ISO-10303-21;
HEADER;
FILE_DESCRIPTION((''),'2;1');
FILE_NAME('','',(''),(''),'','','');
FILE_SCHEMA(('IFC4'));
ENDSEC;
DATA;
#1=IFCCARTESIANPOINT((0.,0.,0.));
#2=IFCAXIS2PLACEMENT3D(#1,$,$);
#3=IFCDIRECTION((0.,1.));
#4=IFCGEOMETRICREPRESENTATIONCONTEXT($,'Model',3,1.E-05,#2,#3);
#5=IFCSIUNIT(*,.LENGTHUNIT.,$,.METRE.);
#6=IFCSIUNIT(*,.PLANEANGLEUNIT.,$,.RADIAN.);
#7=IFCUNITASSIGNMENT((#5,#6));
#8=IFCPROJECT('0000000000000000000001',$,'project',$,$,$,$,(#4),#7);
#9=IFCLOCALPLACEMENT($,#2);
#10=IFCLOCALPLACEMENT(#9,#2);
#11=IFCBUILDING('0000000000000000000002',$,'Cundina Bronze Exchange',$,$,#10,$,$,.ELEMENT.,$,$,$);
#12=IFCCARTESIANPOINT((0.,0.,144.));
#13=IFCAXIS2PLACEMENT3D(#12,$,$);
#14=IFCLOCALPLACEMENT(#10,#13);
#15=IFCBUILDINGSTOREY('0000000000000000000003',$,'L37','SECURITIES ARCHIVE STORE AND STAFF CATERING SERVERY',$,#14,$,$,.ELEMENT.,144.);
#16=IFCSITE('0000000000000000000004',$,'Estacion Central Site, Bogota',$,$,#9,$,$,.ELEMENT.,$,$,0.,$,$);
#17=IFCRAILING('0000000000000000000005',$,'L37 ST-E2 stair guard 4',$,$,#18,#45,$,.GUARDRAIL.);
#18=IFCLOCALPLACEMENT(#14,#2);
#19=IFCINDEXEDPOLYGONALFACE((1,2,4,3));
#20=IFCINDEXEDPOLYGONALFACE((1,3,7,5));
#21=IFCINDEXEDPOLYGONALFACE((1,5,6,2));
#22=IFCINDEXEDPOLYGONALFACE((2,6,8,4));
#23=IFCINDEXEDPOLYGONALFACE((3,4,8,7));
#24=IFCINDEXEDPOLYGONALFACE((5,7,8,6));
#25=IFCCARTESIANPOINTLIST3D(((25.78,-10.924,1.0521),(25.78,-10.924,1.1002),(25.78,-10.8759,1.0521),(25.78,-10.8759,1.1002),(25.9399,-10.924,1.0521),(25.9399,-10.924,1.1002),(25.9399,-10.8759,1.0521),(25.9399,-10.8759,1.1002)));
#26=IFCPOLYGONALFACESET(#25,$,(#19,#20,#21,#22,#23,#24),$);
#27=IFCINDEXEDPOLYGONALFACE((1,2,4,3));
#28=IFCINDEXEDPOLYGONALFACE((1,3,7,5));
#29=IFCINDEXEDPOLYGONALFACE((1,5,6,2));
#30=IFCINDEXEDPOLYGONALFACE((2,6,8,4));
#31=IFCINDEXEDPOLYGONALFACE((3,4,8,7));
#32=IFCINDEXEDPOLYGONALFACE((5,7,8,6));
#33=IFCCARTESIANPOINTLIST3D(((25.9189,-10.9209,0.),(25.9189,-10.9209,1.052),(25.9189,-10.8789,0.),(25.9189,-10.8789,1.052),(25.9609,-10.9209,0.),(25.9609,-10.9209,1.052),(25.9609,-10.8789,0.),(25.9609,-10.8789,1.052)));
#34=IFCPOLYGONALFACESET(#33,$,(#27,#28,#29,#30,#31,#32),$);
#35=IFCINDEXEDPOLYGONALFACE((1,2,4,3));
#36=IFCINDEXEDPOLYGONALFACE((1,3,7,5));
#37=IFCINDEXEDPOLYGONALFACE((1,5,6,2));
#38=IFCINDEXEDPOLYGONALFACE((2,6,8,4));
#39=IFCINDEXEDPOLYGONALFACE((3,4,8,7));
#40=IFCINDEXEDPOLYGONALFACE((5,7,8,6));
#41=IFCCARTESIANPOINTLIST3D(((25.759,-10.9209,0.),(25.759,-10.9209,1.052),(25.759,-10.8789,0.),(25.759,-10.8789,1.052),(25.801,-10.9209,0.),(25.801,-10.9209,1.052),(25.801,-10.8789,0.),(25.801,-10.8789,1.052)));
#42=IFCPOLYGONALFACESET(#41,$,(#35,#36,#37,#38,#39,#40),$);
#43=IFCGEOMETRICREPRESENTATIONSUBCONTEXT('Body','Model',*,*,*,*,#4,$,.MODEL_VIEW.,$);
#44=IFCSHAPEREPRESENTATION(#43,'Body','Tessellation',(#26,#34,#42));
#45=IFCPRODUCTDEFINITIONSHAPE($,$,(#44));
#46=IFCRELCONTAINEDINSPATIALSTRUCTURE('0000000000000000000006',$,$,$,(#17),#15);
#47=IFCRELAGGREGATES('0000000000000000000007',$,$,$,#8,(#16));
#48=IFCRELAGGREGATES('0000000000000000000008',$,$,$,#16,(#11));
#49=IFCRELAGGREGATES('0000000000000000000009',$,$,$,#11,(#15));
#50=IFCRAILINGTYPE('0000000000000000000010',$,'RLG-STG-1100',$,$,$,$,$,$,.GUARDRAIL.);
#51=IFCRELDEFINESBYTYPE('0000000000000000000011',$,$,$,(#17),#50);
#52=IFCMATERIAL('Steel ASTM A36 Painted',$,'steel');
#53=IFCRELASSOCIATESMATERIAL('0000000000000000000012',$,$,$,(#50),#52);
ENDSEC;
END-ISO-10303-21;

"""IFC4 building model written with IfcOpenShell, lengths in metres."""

from ifc_helpers import new_model, si_unit, direction, frame, origin, origin_2d, place, context, subcontext, project, spatial, rectangle, extrude, material, type_object, element, save


model = new_model("IFC4")

# Units and contexts
model_context = context("Model", 3, precision=1e-05, world=origin(), true_north=direction((0.0, 1.0)))
body_context = subcontext(model_context, "Body", "Model", "MODEL_VIEW")
ifc_project = project(units=[si_unit("LENGTHUNIT", "METRE"), si_unit("PLANEANGLEUNIT", "RADIAN")], contexts=[model_context])

# Site, building, storey
site_placement = place(None, origin())
site = spatial("IfcSite", under=ifc_project, at=site_placement, Name="Estacion Central Site, Bogota", CompositionType="ELEMENT", RefElevation=0.0)
building_placement = place(site_placement, origin())
building = spatial("IfcBuilding", under=site, at=building_placement, Name="Cundina Bronze Exchange", CompositionType="ELEMENT")
storey_placement = place(building_placement, frame((0.0, 0.0, 144.0)))
storey = spatial("IfcBuildingStorey", under=building, at=storey_placement, Name="L37", Description="SECURITIES ARCHIVE STORE AND STAFF CATERING SERVERY", CompositionType="ELEMENT", Elevation=144.0)

# Shared definitions
ifc_material_1 = material(Name="Steel ASTM A36 Painted", Category="steel")

# Railing
railing_type_1 = type_object("IfcRailingType", Name="RLG-STG-1100", PredefinedType="GUARDRAIL", material=ifc_material_1)
railing_1_placement = place(storey_placement, frame((25.9399, -10.8999, 0.0)))
element("IfcRailing", 1, at=railing_1_placement, inside=storey, type_object=railing_type_1, Name="L37 ST-E2 stair guard 4", PredefinedType="GUARDRAIL", context=body_context, shape_type="SweptSolid", body=[
    extrude(rectangle(XDim=0.0481, YDim=0.0481, at=origin_2d()), frame((0.0, 0.0, 1.0762), z_axis=(-1.0, 0.0, 0.0), x_axis=(0.0, -1.0, 0.0)), (0.0, 0.0, 1.0), 0.1599),
    extrude(rectangle(XDim=0.042, YDim=0.042, at=origin_2d()), origin(), (0.0, 0.0, 1.0), 1.052),
    extrude(rectangle(XDim=0.042, YDim=0.042, at=origin_2d()), frame((-0.1599, 0.0, 0.0)), (0.0, 0.0, 1.0), 1.052),
])

save(model, "model.ifc")
